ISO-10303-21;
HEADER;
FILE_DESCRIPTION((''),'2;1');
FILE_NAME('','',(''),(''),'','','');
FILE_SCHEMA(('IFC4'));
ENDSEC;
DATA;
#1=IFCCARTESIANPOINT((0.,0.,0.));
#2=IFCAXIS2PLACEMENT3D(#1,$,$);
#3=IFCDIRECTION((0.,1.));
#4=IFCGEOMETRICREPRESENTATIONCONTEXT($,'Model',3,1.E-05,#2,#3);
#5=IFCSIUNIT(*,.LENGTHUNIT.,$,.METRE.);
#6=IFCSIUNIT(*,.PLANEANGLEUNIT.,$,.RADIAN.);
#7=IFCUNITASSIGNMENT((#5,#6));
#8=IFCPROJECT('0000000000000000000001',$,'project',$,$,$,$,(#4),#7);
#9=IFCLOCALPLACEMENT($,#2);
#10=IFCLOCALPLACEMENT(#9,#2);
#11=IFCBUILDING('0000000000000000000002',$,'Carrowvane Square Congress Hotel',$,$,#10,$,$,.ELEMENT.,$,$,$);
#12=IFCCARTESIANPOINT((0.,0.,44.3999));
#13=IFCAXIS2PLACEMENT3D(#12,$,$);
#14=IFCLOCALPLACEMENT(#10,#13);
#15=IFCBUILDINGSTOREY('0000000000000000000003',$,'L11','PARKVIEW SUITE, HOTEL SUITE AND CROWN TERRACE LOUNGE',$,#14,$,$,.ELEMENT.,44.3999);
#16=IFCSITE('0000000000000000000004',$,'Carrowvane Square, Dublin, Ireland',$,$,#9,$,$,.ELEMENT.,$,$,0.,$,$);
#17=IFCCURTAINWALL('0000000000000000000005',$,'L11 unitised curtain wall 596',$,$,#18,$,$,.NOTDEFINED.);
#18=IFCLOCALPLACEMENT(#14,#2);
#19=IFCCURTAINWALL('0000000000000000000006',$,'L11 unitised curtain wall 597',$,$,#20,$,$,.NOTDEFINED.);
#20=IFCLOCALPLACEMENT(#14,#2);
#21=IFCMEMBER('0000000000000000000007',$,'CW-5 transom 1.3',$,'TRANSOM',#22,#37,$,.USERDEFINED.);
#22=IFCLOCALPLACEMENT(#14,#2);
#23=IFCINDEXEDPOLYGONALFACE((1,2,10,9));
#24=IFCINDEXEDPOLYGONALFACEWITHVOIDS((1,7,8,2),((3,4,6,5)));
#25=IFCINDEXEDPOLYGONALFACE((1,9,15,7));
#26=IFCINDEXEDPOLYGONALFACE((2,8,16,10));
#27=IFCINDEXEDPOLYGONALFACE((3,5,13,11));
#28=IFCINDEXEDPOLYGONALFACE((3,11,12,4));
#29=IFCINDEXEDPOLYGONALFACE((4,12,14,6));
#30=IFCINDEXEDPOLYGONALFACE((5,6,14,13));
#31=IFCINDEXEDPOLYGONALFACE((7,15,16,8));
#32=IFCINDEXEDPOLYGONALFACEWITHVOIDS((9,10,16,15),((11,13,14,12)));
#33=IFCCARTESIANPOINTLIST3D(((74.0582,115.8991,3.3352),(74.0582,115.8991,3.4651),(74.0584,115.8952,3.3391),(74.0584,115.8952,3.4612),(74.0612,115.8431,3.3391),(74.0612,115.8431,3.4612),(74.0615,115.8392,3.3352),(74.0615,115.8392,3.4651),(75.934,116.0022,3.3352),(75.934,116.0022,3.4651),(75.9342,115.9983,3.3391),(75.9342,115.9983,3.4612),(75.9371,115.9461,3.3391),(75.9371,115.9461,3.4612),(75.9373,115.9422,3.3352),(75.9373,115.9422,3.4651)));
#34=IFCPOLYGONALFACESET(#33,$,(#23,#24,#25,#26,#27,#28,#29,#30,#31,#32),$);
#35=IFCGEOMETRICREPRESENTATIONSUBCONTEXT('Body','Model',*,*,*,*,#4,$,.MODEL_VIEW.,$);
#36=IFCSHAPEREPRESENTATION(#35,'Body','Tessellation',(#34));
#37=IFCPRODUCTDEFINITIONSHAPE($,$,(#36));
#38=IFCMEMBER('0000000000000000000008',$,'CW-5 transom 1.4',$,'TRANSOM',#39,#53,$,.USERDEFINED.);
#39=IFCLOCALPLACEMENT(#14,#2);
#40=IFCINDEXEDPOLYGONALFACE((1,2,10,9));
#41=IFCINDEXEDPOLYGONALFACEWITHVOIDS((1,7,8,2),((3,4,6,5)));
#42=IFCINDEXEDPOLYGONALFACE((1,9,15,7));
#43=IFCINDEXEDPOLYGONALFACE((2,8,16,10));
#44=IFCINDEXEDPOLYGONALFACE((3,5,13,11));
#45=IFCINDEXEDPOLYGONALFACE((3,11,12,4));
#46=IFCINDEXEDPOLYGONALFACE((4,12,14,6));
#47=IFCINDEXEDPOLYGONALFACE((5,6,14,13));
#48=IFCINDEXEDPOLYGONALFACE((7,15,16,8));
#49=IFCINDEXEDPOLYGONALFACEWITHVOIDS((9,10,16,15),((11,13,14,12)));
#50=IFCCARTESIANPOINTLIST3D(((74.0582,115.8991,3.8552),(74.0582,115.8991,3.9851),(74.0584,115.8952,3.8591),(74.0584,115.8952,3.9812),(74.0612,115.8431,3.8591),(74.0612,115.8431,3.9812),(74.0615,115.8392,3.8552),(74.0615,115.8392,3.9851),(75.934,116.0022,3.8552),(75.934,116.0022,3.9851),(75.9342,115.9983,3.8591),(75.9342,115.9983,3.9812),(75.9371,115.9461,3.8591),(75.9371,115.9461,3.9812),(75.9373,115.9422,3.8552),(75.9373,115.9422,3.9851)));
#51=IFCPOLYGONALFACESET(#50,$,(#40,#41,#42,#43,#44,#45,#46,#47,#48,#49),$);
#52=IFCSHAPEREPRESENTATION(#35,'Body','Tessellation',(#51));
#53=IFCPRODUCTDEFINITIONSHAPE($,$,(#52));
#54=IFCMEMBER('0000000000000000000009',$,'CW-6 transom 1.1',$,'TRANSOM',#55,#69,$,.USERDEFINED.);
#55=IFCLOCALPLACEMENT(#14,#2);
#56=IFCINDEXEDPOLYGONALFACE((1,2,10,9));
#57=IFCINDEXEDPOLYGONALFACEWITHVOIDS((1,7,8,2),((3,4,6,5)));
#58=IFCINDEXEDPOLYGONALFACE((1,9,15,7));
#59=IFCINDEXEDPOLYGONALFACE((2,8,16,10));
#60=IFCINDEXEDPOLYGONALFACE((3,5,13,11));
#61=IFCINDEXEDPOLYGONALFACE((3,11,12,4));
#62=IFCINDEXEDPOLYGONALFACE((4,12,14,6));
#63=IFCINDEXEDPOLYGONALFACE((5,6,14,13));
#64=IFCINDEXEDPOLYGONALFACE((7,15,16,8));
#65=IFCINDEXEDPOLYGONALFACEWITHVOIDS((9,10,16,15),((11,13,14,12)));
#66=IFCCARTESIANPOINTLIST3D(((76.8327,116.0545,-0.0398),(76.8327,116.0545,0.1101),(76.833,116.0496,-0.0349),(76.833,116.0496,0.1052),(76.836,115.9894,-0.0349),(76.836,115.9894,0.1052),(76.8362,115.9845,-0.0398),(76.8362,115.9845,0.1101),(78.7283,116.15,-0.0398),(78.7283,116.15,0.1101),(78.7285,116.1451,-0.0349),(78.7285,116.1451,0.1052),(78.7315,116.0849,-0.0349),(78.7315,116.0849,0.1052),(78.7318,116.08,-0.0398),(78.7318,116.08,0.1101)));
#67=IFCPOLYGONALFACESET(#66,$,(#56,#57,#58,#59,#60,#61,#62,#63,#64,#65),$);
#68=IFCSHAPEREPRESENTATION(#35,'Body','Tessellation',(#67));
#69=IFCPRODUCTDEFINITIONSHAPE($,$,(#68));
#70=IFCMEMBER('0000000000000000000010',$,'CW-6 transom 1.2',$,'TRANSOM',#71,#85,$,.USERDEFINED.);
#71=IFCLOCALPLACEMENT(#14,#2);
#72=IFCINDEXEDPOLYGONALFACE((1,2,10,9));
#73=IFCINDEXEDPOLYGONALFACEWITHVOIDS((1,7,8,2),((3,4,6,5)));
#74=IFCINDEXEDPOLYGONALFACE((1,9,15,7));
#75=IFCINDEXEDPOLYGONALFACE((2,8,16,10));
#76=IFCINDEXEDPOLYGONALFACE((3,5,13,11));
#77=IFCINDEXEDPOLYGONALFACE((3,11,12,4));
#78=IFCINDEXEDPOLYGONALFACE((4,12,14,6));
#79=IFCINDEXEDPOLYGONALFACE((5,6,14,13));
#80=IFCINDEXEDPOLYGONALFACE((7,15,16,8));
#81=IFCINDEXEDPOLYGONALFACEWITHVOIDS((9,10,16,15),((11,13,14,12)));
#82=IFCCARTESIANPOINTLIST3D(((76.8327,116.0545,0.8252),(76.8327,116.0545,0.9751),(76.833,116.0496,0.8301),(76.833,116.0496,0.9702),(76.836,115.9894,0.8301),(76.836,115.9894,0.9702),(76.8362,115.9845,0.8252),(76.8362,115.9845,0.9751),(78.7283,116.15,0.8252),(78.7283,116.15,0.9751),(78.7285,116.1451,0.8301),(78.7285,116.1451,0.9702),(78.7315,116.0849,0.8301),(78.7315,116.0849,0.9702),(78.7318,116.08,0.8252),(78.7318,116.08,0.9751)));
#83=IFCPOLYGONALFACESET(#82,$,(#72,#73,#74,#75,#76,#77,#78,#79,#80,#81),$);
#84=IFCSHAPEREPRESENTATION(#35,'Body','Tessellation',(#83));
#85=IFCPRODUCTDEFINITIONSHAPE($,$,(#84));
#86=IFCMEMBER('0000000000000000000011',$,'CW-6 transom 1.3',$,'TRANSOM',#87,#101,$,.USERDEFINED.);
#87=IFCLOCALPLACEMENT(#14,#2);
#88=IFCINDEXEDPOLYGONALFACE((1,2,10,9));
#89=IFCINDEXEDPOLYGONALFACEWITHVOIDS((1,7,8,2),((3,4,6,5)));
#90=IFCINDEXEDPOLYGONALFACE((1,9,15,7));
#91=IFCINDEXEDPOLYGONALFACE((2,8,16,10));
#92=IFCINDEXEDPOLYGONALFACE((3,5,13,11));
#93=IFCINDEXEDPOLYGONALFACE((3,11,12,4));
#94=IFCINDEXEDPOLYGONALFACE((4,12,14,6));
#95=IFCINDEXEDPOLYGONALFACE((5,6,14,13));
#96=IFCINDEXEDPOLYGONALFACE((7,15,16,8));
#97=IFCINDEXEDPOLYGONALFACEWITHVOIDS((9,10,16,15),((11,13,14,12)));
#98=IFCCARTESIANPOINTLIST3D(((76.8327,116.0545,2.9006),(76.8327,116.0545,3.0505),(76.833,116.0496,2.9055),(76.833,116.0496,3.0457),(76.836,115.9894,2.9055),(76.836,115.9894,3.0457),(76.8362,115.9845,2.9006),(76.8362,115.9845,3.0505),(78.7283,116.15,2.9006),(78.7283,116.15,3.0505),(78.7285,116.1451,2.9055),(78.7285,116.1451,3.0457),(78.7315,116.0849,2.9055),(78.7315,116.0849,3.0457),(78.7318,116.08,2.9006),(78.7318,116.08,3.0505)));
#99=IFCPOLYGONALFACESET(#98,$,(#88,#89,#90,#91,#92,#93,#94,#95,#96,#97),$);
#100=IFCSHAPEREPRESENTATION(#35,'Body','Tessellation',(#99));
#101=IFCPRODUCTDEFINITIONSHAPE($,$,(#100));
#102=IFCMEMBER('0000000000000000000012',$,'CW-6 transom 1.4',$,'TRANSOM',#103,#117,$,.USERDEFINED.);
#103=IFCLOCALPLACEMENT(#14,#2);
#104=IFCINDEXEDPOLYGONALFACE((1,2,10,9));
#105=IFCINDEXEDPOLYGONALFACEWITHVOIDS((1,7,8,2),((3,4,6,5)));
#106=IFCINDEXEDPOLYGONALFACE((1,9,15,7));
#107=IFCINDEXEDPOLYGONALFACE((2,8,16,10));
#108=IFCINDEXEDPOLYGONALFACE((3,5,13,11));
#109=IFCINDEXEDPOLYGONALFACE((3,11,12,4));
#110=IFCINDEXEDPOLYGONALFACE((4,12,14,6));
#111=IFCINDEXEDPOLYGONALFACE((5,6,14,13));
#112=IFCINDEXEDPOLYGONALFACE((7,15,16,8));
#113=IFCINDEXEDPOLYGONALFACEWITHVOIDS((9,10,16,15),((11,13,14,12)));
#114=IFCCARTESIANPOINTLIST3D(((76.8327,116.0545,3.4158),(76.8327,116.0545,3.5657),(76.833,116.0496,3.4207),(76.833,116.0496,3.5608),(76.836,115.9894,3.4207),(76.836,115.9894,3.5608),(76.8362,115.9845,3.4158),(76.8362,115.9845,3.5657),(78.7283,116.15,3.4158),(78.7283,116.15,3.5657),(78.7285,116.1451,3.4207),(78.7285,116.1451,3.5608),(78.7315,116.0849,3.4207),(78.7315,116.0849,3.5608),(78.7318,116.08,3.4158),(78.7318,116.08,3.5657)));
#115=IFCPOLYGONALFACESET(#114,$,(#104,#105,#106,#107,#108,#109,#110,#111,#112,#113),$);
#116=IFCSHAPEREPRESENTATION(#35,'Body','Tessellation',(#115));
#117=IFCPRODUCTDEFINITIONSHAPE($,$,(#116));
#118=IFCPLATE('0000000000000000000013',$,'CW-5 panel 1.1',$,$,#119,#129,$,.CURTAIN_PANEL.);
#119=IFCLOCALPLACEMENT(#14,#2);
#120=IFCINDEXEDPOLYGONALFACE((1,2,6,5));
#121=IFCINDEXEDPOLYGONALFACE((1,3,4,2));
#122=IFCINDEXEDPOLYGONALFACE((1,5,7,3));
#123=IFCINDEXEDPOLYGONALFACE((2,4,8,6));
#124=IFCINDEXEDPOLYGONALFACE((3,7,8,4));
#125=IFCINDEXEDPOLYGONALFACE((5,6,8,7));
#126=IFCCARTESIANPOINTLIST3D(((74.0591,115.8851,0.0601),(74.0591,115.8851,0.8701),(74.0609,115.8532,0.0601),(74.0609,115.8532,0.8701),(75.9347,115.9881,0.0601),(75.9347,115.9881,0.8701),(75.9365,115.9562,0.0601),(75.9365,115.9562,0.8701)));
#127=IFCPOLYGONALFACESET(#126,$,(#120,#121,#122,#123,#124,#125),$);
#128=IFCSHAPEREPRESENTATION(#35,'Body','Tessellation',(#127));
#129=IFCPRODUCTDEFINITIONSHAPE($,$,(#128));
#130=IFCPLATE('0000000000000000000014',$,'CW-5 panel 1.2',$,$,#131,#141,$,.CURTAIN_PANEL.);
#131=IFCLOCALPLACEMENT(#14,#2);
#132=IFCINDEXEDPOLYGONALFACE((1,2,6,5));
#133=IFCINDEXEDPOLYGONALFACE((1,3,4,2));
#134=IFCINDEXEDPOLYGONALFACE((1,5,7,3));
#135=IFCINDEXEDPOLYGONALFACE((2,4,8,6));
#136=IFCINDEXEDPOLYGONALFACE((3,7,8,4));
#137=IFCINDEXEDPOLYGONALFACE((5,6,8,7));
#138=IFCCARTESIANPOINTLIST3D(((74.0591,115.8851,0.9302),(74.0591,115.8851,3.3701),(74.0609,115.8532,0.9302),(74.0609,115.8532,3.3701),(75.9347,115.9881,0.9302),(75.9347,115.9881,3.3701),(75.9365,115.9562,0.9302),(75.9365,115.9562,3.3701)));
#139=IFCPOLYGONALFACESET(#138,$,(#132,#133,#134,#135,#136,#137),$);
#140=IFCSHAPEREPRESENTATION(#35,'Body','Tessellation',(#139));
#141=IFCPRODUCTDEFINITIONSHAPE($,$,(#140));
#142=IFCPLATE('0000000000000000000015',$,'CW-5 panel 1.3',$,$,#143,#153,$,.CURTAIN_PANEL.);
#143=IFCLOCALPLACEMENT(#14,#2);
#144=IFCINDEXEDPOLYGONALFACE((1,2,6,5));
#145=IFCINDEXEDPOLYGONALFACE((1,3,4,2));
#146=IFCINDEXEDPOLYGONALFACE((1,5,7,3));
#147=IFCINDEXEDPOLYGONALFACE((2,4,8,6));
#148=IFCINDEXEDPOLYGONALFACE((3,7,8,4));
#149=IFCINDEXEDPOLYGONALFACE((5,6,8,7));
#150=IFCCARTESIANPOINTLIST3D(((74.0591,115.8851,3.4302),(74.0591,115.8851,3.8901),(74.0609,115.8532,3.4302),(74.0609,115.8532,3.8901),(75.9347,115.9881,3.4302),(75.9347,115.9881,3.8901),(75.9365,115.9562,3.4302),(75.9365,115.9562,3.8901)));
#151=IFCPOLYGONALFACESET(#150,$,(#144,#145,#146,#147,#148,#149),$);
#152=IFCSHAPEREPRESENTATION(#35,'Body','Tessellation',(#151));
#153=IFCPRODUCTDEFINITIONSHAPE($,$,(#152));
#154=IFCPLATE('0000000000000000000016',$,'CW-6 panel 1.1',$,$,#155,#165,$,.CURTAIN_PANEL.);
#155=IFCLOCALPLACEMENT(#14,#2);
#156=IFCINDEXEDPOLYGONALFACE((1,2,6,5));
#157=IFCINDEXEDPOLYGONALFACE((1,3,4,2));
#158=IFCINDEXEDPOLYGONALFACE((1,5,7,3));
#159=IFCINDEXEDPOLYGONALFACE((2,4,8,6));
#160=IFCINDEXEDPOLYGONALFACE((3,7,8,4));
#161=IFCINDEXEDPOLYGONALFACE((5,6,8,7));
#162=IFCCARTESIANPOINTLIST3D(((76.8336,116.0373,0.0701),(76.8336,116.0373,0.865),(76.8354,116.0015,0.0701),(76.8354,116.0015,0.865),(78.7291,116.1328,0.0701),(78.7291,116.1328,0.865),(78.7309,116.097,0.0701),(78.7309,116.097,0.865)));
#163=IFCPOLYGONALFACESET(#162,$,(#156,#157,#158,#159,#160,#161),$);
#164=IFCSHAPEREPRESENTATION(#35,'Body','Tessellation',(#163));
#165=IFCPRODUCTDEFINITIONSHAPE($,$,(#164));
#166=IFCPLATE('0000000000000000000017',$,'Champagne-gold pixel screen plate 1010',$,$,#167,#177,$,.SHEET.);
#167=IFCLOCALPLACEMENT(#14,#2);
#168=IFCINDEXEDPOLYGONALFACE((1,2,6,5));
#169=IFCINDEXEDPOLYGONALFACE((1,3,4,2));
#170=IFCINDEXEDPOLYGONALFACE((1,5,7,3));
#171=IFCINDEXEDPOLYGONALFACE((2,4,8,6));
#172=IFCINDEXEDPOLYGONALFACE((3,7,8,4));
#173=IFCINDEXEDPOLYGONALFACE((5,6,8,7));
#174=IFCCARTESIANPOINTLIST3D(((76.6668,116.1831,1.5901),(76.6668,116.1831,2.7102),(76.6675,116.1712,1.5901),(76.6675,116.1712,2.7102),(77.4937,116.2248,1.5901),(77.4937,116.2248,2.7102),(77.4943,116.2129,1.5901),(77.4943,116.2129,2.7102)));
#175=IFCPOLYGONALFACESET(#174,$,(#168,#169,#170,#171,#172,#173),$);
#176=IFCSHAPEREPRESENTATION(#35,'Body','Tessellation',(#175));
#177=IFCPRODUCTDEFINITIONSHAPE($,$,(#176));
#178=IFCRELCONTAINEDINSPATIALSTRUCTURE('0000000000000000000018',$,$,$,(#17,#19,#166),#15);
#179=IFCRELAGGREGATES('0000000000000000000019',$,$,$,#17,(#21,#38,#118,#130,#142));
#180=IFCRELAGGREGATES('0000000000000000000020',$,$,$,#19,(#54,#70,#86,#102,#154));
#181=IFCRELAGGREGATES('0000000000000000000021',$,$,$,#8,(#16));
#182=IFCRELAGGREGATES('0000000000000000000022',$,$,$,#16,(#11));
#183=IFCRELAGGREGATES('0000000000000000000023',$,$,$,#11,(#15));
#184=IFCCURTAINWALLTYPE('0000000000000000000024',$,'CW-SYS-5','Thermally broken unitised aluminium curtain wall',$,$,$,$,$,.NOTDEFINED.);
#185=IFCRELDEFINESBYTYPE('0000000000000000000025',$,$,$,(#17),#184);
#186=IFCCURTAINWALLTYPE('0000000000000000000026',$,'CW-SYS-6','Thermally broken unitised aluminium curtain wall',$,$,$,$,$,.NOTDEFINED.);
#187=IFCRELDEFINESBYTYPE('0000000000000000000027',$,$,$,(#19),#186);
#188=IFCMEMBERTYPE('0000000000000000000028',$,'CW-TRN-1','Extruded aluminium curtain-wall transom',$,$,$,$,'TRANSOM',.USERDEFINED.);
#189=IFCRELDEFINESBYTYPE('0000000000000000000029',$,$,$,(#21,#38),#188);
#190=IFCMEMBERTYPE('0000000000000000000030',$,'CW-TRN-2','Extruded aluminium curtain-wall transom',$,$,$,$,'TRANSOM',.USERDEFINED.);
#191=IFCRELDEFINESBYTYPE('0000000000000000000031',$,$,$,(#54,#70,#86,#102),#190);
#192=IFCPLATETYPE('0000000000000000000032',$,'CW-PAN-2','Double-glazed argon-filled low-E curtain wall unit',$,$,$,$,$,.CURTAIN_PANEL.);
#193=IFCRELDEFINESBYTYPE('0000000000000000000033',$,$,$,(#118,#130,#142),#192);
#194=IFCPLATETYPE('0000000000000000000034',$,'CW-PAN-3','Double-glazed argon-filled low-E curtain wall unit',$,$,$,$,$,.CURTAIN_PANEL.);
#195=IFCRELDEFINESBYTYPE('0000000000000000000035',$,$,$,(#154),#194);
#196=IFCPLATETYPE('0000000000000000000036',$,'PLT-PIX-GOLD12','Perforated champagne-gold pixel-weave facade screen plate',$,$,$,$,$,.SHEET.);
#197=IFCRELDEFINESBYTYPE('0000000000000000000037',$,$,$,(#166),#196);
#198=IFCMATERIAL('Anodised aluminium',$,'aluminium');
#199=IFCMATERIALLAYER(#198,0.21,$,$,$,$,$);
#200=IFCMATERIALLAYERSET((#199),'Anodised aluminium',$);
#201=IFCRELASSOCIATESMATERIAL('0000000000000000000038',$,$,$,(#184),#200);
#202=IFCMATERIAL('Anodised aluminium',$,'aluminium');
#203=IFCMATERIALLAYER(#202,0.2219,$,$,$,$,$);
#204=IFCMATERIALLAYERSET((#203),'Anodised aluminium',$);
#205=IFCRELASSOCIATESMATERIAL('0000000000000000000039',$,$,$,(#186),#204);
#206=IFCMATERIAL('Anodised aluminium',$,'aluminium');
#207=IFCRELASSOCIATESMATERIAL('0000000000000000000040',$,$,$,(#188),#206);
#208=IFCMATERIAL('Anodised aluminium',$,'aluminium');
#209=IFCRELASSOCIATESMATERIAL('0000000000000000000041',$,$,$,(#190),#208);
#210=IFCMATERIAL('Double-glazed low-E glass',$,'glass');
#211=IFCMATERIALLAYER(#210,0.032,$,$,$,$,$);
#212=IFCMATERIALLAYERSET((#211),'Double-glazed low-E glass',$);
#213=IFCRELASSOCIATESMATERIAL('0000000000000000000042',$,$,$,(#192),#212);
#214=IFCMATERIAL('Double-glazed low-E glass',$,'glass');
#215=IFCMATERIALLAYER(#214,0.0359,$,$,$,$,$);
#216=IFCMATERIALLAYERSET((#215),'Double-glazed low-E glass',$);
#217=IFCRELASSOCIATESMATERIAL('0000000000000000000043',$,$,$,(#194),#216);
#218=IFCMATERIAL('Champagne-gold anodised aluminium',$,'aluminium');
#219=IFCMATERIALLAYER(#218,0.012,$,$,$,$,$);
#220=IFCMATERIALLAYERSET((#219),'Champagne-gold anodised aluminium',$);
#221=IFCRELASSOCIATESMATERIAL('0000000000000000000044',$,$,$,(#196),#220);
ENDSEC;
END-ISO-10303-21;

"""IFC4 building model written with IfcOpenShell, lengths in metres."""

from ifc_helpers import new_model, si_unit, direction, frame, origin, origin_2d, place, context, subcontext, project, spatial, rectangle, hollow_rectangle, extrude, material, layer, layer_set, material_profile, profile_set, type_object, element, aggregate, save


model = new_model("IFC4")

# Units and contexts
model_context = context("Model", 3, precision=1e-05, world=origin(), true_north=direction((0.0, 1.0)))
body_context = subcontext(model_context, "Body", "Model", "MODEL_VIEW")
ifc_project = project(units=[si_unit("LENGTHUNIT", "METRE"), si_unit("PLANEANGLEUNIT", "RADIAN")], contexts=[model_context])

# Site, building, storey
site_placement = place(None, origin())
site = spatial("IfcSite", under=ifc_project, at=site_placement, Name="Carrowvane Square, Dublin, Ireland", CompositionType="ELEMENT", RefElevation=0.0)
building_placement = place(site_placement, origin())
building = spatial("IfcBuilding", under=site, at=building_placement, Name="Carrowvane Square Congress Hotel", CompositionType="ELEMENT")
storey_placement = place(building_placement, frame((0.0, 0.0, 44.3999)))
storey = spatial("IfcBuildingStorey", under=building, at=storey_placement, Name="L11", Description="PARKVIEW SUITE, HOTEL SUITE AND CROWN TERRACE LOUNGE", CompositionType="ELEMENT", Elevation=44.3999)

# Curtain walls
ifc_material_1 = material(Name="Anodised aluminium", Category="aluminium")
ifc_layer_1 = layer(ifc_material_1, 0.21)
ifc_layer_set_1 = layer_set([ifc_layer_1], Name="Anodised aluminium")
curtain_wall_type_1 = type_object("IfcCurtainWallType", Name="CW-SYS-5", Description="Thermally broken unitised aluminium curtain wall", PredefinedType="NOTDEFINED", material=ifc_layer_set_1)
curtain_wall_1_placement = place(storey_placement, origin())
curtain_wall_1 = element("IfcCurtainWall", 1, at=curtain_wall_1_placement, inside=storey, type_object=curtain_wall_type_1, Name="L11 unitised curtain wall 596", PredefinedType="NOTDEFINED")
ifc_material_2 = material(Name="Anodised aluminium", Category="aluminium")
ifc_layer_2 = layer(ifc_material_2, 0.2219)
ifc_layer_set_2 = layer_set([ifc_layer_2], Name="Anodised aluminium")
curtain_wall_type_2 = type_object("IfcCurtainWallType", Name="CW-SYS-6", Description="Thermally broken unitised aluminium curtain wall", PredefinedType="NOTDEFINED", material=ifc_layer_set_2)
curtain_wall_2_placement = place(storey_placement, origin())
curtain_wall_2 = element("IfcCurtainWall", 2, at=curtain_wall_2_placement, inside=storey, type_object=curtain_wall_type_2, Name="L11 unitised curtain wall 597", PredefinedType="NOTDEFINED")

# Members
ifc_material_3 = material(Name="Anodised aluminium", Category="aluminium")
ifc_material_profile_1 = material_profile(ifc_material_3, hollow_rectangle(XDim=0.0601, YDim=0.1299, WallThickness=0.0039, at=origin_2d()), Name="CW-TR 60x130x4")
ifc_profile_set_1 = profile_set([ifc_material_profile_1], Name="Anodised aluminium")
member_type_1 = type_object("IfcMemberType", Name="CW-TRN-1", Description="Extruded aluminium curtain-wall transom", ElementType="TRANSOM", PredefinedType="USERDEFINED", material=ifc_profile_set_1)
member_1_placement = place(storey_placement, frame((74.0598, 115.8691, 3.4001), z_axis=(0.998495, 0.054844, 0.0), x_axis=(-0.054844, 0.998495, 0.0)))
member_1 = element("IfcMember", 3, at=member_1_placement, type_object=member_type_1, Name="CW-5 transom 1.3", ObjectType="TRANSOM", PredefinedType="USERDEFINED", context=body_context, shape_type="SweptSolid", body=[
    extrude(hollow_rectangle(XDim=0.0601, YDim=0.1299, WallThickness=0.0039, at=origin_2d()), origin(), (0.0, 0.0, 1.0), 1.8787),
])
member_2_placement = place(storey_placement, frame((74.0598, 115.8691, 3.9202), z_axis=(0.998495, 0.054844, 0.0), x_axis=(-0.054844, 0.998495, 0.0)))
member_2 = element("IfcMember", 4, at=member_2_placement, type_object=member_type_1, Name="CW-5 transom 1.4", ObjectType="TRANSOM", PredefinedType="USERDEFINED", context=body_context, shape_type="SweptSolid", body=[
    extrude(hollow_rectangle(XDim=0.0601, YDim=0.1299, WallThickness=0.0039, at=origin_2d()), origin(), (0.0, 0.0, 1.0), 1.8787),
])
ifc_material_4 = material(Name="Anodised aluminium", Category="aluminium")
ifc_material_profile_2 = material_profile(ifc_material_4, hollow_rectangle(XDim=0.0701, YDim=0.1499, WallThickness=0.0049, at=origin_2d()), Name="CW-TR 70x150x5")
ifc_profile_set_2 = profile_set([ifc_material_profile_2], Name="Anodised aluminium")
member_type_2 = type_object("IfcMemberType", Name="CW-TRN-2", Description="Extruded aluminium curtain-wall transom", ElementType="TRANSOM", PredefinedType="USERDEFINED", material=ifc_profile_set_2)
member_3_placement = place(storey_placement, frame((76.8345, 116.0195, 0.0352), z_axis=(0.998734, 0.050297, 0.0), x_axis=(-0.050297, 0.998734, 0.0)))
member_3 = element("IfcMember", 5, at=member_3_placement, type_object=member_type_2, Name="CW-6 transom 1.1", ObjectType="TRANSOM", PredefinedType="USERDEFINED", context=body_context, shape_type="SweptSolid", body=[
    extrude(hollow_rectangle(XDim=0.0701, YDim=0.1499, WallThickness=0.0049, at=origin_2d()), origin(), (0.0, 0.0, 1.0), 1.8979),
])
member_4_placement = place(storey_placement, frame((76.8345, 116.0195, 0.9001), z_axis=(0.998734, 0.050297, 0.0), x_axis=(-0.050297, 0.998734, 0.0)))
member_4 = element("IfcMember", 6, at=member_4_placement, type_object=member_type_2, Name="CW-6 transom 1.2", ObjectType="TRANSOM", PredefinedType="USERDEFINED", context=body_context, shape_type="SweptSolid", body=[
    extrude(hollow_rectangle(XDim=0.0701, YDim=0.1499, WallThickness=0.0049, at=origin_2d()), origin(), (0.0, 0.0, 1.0), 1.8979),
])
member_5_placement = place(storey_placement, frame((76.8345, 116.0195, 2.9756), z_axis=(0.998734, 0.050297, 0.0), x_axis=(-0.050297, 0.998734, 0.0)))
member_5 = element("IfcMember", 7, at=member_5_placement, type_object=member_type_2, Name="CW-6 transom 1.3", ObjectType="TRANSOM", PredefinedType="USERDEFINED", context=body_context, shape_type="SweptSolid", body=[
    extrude(hollow_rectangle(XDim=0.0701, YDim=0.1499, WallThickness=0.0049, at=origin_2d()), origin(), (0.0, 0.0, 1.0), 1.8979),
])
member_6_placement = place(storey_placement, frame((76.8345, 116.0195, 3.4907), z_axis=(0.998734, 0.050297, 0.0), x_axis=(-0.050297, 0.998734, 0.0)))
member_6 = element("IfcMember", 8, at=member_6_placement, type_object=member_type_2, Name="CW-6 transom 1.4", ObjectType="TRANSOM", PredefinedType="USERDEFINED", context=body_context, shape_type="SweptSolid", body=[
    extrude(hollow_rectangle(XDim=0.0701, YDim=0.1499, WallThickness=0.0049, at=origin_2d()), origin(), (0.0, 0.0, 1.0), 1.8979),
])

# Plates
ifc_material_5 = material(Name="Double-glazed low-E glass", Category="glass")
ifc_layer_3 = layer(ifc_material_5, 0.032)
ifc_layer_set_3 = layer_set([ifc_layer_3], Name="Double-glazed low-E glass")
plate_type_1 = type_object("IfcPlateType", Name="CW-PAN-2", Description="Double-glazed argon-filled low-E curtain wall unit", PredefinedType="CURTAIN_PANEL", material=ifc_layer_set_3)
plate_1_placement = place(storey_placement, frame((74.9978, 115.9207, 0.0601), z_axis=(0.0, 0.0, 1.0), x_axis=(0.998496, 0.054816, 0.0)))
plate_1 = element("IfcPlate", 9, at=plate_1_placement, type_object=plate_type_1, Name="CW-5 panel 1.1", PredefinedType="CURTAIN_PANEL", context=body_context, shape_type="SweptSolid", body=[
    extrude(rectangle(XDim=1.8784, YDim=0.032, at=origin_2d()), origin(), (0.0, 0.0, 1.0), 0.8101),
])
plate_2_placement = place(storey_placement, frame((74.9978, 115.9207, 0.9302), z_axis=(0.0, 0.0, 1.0), x_axis=(0.998496, 0.054816, 0.0)))
plate_2 = element("IfcPlate", 10, at=plate_2_placement, type_object=plate_type_1, Name="CW-5 panel 1.2", PredefinedType="CURTAIN_PANEL", context=body_context, shape_type="SweptSolid", body=[
    extrude(rectangle(XDim=1.8784, YDim=0.032, at=origin_2d()), origin(), (0.0, 0.0, 1.0), 2.4399),
])
plate_3_placement = place(storey_placement, frame((74.9978, 115.9207, 3.4302), z_axis=(0.0, 0.0, 1.0), x_axis=(0.998496, 0.054816, 0.0)))
plate_3 = element("IfcPlate", 11, at=plate_3_placement, type_object=plate_type_1, Name="CW-5 panel 1.3", PredefinedType="CURTAIN_PANEL", context=body_context, shape_type="SweptSolid", body=[
    extrude(rectangle(XDim=1.8784, YDim=0.032, at=origin_2d()), origin(), (0.0, 0.0, 1.0), 0.46),
])
aggregate(curtain_wall_1, [member_1, member_2, plate_1, plate_2, plate_3])
ifc_material_6 = material(Name="Double-glazed low-E glass", Category="glass")
ifc_layer_4 = layer(ifc_material_6, 0.0359)
ifc_layer_set_4 = layer_set([ifc_layer_4], Name="Double-glazed low-E glass")
plate_type_2 = type_object("IfcPlateType", Name="CW-PAN-3", Description="Double-glazed argon-filled low-E curtain wall unit", PredefinedType="CURTAIN_PANEL", material=ifc_layer_set_4)
plate_4_placement = place(storey_placement, frame((77.7822, 116.0671, 0.0701), z_axis=(0.0, 0.0, 1.0), x_axis=(0.998733, 0.050324, 0.0)))
plate_4 = element("IfcPlate", 12, at=plate_4_placement, type_object=plate_type_2, Name="CW-6 panel 1.1", PredefinedType="CURTAIN_PANEL", context=body_context, shape_type="SweptSolid", body=[
    extrude(rectangle(XDim=1.8979, YDim=0.0359, at=origin_2d()), origin(), (0.0, 0.0, 1.0), 0.7949),
])
aggregate(curtain_wall_2, [member_3, member_4, member_5, member_6, plate_4])

# Plate
ifc_material_7 = material(Name="Champagne-gold anodised aluminium", Category="aluminium")
ifc_layer_5 = layer(ifc_material_7, 0.012)
ifc_layer_set_5 = layer_set([ifc_layer_5], Name="Champagne-gold anodised aluminium")
plate_type_3 = type_object("IfcPlateType", Name="PLT-PIX-GOLD12", Description="Perforated champagne-gold pixel-weave facade screen plate", PredefinedType="SHEET", material=ifc_layer_set_5)
plate_5_placement = place(storey_placement, frame((77.0806, 116.198, 1.5901), z_axis=(0.0, 0.0, 1.0), x_axis=(0.998733, 0.050322, 0.0)))
element("IfcPlate", 13, at=plate_5_placement, inside=storey, type_object=plate_type_3, Name="Champagne-gold pixel screen plate 1010", PredefinedType="SHEET", context=body_context, shape_type="SweptSolid", body=[
    extrude(rectangle(XDim=0.8279, YDim=0.012, at=origin_2d()), origin(), (0.0, 0.0, 1.0), 1.1201),
])

save(model, "model.ifc")
